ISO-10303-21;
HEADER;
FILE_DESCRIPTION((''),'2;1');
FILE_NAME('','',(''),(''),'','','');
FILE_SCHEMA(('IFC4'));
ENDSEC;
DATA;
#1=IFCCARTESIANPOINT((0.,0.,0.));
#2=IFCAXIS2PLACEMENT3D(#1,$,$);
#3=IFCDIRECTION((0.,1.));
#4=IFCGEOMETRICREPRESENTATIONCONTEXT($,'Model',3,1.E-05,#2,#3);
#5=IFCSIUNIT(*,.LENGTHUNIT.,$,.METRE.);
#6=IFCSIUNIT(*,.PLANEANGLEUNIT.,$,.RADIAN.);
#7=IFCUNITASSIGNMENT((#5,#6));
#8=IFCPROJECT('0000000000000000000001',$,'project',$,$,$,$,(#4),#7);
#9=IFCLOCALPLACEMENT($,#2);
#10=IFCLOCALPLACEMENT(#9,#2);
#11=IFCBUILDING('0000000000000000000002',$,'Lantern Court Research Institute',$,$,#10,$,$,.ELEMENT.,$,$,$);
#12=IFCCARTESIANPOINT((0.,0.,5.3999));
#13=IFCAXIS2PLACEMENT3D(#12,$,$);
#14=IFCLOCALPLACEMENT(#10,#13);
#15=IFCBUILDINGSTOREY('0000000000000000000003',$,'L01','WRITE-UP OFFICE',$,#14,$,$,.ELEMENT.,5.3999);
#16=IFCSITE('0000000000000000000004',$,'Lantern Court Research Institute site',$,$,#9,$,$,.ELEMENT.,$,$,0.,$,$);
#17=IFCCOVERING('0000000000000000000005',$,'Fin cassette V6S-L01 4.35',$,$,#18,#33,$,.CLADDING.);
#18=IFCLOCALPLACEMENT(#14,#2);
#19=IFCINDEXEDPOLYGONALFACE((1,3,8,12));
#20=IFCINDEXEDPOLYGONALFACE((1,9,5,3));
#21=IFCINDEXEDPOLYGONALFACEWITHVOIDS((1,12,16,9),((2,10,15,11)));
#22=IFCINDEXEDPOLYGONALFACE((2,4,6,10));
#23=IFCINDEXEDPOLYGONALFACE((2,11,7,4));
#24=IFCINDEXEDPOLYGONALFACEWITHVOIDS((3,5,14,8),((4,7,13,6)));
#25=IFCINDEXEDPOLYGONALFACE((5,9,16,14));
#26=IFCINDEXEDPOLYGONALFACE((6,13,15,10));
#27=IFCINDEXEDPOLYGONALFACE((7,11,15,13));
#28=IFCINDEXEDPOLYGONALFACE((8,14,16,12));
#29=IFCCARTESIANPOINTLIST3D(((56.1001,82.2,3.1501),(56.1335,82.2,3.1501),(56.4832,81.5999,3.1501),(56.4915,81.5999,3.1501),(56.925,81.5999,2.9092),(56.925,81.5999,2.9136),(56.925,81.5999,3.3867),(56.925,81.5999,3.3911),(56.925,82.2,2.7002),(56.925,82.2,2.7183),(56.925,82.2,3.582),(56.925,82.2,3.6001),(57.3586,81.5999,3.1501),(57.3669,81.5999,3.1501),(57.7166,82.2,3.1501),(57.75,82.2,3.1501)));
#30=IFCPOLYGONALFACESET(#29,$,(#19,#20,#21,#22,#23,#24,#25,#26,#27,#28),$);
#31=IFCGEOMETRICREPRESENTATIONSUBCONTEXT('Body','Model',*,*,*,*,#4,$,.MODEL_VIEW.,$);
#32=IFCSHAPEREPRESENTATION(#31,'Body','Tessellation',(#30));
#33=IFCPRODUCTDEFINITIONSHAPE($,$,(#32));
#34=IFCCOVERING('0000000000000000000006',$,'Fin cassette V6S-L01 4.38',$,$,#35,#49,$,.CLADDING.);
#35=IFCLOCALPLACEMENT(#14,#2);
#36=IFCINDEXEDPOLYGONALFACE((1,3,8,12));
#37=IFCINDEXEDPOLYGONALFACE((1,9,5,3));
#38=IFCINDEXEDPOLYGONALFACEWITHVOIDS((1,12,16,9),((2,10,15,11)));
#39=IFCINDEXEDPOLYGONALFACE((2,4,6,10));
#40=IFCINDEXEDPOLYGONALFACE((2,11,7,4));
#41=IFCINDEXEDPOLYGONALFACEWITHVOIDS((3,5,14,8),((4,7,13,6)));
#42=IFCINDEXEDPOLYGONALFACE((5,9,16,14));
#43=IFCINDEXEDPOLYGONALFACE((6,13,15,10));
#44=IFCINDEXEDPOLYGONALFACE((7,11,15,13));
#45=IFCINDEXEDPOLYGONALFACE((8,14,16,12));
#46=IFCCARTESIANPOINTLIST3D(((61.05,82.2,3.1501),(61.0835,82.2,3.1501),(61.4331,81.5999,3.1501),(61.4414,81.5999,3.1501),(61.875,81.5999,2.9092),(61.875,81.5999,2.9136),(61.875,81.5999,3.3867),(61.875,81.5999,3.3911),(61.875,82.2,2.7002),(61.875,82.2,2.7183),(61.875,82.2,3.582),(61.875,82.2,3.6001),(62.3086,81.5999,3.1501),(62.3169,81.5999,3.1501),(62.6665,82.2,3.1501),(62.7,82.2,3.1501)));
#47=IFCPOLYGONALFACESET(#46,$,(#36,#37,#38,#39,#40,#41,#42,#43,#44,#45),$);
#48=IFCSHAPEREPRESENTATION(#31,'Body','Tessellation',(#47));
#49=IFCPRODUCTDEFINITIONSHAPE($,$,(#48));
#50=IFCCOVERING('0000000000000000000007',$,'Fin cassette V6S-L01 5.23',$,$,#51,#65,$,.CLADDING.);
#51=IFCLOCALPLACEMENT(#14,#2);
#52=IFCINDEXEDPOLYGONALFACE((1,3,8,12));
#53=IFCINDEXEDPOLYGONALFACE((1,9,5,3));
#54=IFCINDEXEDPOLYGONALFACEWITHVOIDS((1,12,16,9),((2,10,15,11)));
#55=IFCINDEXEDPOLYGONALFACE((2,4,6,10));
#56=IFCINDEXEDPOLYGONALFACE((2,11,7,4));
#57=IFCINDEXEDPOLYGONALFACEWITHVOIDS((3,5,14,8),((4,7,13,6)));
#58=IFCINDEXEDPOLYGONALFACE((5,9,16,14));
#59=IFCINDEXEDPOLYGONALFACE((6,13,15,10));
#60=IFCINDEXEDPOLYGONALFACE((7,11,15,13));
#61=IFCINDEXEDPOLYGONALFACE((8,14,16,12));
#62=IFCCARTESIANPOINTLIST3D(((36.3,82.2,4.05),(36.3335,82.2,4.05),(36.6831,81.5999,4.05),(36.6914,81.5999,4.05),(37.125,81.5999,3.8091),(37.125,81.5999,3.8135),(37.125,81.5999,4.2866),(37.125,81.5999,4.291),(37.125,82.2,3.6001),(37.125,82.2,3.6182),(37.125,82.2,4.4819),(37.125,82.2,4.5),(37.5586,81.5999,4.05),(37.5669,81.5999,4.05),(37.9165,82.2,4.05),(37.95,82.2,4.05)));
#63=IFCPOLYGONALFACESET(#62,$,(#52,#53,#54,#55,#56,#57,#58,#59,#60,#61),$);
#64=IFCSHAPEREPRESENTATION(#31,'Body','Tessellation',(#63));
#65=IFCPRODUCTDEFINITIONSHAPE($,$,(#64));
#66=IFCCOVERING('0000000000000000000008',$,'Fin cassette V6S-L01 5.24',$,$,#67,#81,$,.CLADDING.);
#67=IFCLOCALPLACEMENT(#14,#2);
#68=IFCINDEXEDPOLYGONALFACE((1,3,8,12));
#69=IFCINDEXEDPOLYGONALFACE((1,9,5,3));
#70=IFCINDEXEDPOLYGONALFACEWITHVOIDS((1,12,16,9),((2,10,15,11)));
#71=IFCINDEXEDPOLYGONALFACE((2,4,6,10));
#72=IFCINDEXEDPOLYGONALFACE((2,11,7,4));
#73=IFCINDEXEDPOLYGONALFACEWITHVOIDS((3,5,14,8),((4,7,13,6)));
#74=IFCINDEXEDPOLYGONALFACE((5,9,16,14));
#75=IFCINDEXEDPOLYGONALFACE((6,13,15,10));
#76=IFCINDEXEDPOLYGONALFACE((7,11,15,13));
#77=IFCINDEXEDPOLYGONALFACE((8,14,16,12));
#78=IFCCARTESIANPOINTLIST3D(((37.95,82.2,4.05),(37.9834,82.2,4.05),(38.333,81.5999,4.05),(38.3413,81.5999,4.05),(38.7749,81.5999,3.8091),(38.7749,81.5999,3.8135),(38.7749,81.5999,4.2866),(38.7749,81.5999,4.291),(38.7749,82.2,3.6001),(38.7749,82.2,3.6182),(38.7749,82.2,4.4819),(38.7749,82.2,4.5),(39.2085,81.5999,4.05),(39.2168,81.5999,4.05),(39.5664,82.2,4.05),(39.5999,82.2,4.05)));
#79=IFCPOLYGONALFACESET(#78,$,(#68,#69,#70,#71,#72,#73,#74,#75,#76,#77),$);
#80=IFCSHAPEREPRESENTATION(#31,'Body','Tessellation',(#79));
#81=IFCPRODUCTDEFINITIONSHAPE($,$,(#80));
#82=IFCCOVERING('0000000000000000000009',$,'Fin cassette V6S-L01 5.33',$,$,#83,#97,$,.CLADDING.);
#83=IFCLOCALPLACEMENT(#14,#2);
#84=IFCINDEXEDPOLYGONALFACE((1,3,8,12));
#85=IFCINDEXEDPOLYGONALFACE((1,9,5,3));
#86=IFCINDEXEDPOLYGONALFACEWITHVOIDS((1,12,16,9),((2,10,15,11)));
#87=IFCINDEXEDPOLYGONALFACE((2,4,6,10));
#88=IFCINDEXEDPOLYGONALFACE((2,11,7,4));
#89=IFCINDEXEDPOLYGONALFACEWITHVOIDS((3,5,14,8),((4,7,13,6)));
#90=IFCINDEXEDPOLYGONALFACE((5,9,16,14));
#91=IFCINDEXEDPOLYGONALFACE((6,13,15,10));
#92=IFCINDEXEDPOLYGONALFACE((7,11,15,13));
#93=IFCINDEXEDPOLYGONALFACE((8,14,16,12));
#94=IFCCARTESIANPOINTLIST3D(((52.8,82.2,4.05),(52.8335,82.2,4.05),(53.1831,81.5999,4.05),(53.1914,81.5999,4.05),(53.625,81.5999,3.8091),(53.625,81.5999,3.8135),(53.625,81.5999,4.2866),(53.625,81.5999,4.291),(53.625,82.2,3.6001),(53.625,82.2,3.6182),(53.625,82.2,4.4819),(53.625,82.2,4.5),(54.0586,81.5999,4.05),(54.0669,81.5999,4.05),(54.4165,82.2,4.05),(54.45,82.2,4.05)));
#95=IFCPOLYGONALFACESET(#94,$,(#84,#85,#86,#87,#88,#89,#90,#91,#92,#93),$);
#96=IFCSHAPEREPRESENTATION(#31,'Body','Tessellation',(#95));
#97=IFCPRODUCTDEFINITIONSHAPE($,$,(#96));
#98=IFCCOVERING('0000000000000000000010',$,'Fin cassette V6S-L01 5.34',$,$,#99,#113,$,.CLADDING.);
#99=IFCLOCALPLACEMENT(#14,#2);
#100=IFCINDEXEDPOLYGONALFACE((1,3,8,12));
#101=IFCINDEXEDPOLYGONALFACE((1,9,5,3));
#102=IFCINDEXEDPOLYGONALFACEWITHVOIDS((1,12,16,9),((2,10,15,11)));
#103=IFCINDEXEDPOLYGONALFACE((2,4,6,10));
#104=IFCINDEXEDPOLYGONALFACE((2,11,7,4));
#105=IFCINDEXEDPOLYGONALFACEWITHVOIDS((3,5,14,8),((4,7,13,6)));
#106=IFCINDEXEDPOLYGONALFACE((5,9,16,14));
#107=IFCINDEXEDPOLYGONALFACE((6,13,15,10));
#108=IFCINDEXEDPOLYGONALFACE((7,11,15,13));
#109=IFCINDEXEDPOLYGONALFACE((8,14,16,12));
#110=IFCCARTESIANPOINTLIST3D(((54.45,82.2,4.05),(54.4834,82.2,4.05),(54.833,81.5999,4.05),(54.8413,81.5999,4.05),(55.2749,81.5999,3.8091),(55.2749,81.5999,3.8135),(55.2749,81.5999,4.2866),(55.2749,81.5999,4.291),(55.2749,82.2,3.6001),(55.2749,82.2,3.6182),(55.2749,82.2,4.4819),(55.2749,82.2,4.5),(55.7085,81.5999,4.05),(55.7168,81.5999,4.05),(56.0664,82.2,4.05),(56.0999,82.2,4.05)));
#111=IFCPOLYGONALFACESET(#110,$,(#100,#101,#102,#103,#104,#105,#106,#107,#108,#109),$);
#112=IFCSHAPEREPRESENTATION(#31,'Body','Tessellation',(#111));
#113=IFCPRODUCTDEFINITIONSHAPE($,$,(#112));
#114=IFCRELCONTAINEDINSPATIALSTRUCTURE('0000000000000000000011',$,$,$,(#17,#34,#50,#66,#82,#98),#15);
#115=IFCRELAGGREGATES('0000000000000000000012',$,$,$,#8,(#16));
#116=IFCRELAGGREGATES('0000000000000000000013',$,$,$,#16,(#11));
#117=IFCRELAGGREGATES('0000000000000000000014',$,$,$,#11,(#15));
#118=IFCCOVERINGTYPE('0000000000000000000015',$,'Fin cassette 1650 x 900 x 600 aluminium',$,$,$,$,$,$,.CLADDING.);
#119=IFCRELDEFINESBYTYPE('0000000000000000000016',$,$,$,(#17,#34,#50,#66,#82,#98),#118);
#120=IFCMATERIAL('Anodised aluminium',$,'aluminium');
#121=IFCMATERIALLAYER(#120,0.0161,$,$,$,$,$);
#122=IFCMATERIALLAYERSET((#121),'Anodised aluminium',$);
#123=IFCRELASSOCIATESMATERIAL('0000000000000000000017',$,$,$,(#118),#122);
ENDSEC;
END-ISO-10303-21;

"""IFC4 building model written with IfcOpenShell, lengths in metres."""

from ifc_helpers import new_model, entity, si_unit, direction, frame, origin, place, context, subcontext, project, spatial, material, layer, layer_set, type_object, element, save


model = new_model("IFC4")

# Units and contexts
model_context = context("Model", 3, precision=1e-05, world=origin(), true_north=direction((0.0, 1.0)))
body_context = subcontext(model_context, "Body", "Model", "MODEL_VIEW")
ifc_project = project(units=[si_unit("LENGTHUNIT", "METRE"), si_unit("PLANEANGLEUNIT", "RADIAN")], contexts=[model_context])

# Site, building, storey
site_placement = place(None, origin())
site = spatial("IfcSite", under=ifc_project, at=site_placement, Name="Lantern Court Research Institute site", CompositionType="ELEMENT", RefElevation=0.0)
building_placement = place(site_placement, origin())
building = spatial("IfcBuilding", under=site, at=building_placement, Name="Lantern Court Research Institute", CompositionType="ELEMENT")
storey_placement = place(building_placement, frame((0.0, 0.0, 5.3999)))
storey = spatial("IfcBuildingStorey", under=building, at=storey_placement, Name="L01", Description="WRITE-UP OFFICE", CompositionType="ELEMENT", Elevation=5.3999)

# Coverings
ifc_material_1 = material(Name="Anodised aluminium", Category="aluminium")
ifc_layer_1 = layer(ifc_material_1, 0.0161)
ifc_layer_set_1 = layer_set([ifc_layer_1], Name="Anodised aluminium")
covering_type_1 = type_object("IfcCoveringType", Name="Fin cassette 1650 x 900 x 600 aluminium", PredefinedType="CLADDING", material=ifc_layer_set_1)
covering_1_placement = place(storey_placement, frame((56.925, 82.2, 3.1501), z_axis=(0.0, -1.0, 0.0), x_axis=(1.0, 0.0, 0.0)))
cartesian_point_1 = entity("IfcCartesianPoint", [0.825, 0.0])
cartesian_point_2 = entity("IfcCartesianPoint", [0.7915, 0.0])
cartesian_point_3 = entity("IfcCartesianPoint", [0.4419, 0.0])
cartesian_point_4 = entity("IfcCartesianPoint", [0.4336, 0.0])
element("IfcCovering", 1, at=covering_1_placement, inside=storey, type_object=covering_type_1, Name="Fin cassette V6S-L01 4.35", PredefinedType="CLADDING", context=body_context, shape_type="SweptSolid", body=[
    entity("IfcExtrudedAreaSolidTapered", entity("IfcArbitraryProfileDefWithVoids", "AREA", None, entity("IfcPolyline", [cartesian_point_1, entity("IfcCartesianPoint", [0.0, 0.45]), entity("IfcCartesianPoint", [-0.825, 0.0]), entity("IfcCartesianPoint", [0.0, -0.45]), cartesian_point_1]), [entity("IfcPolyline", [cartesian_point_2, entity("IfcCartesianPoint", [0.0, 0.4319]), entity("IfcCartesianPoint", [-0.7915, 0.0]), entity("IfcCartesianPoint", [0.0, -0.4319]), cartesian_point_2])]), entity("IfcAxis2Placement3D", entity("IfcCartesianPoint", [0.0, 0.0, 0.0])), entity("IfcDirection", [0.0, 0.0, 1.0]), 0.6001, entity("IfcArbitraryProfileDefWithVoids", "AREA", None, entity("IfcPolyline", [cartesian_point_3, entity("IfcCartesianPoint", [0.0, 0.241]), entity("IfcCartesianPoint", [-0.4419, 0.0]), entity("IfcCartesianPoint", [0.0, -0.241]), cartesian_point_3]), [entity("IfcPolyline", [cartesian_point_4, entity("IfcCartesianPoint", [0.0, 0.2366]), entity("IfcCartesianPoint", [-0.4336, 0.0]), entity("IfcCartesianPoint", [0.0, -0.2366]), cartesian_point_4])])),
])
covering_2_placement = place(storey_placement, frame((61.875, 82.2, 3.1501), z_axis=(0.0, -1.0, 0.0), x_axis=(1.0, 0.0, 0.0)))
cartesian_point_5 = entity("IfcCartesianPoint", [0.825, 0.0])
cartesian_point_6 = entity("IfcCartesianPoint", [0.7915, 0.0])
cartesian_point_7 = entity("IfcCartesianPoint", [0.4419, 0.0])
cartesian_point_8 = entity("IfcCartesianPoint", [0.4336, 0.0])
element("IfcCovering", 2, at=covering_2_placement, inside=storey, type_object=covering_type_1, Name="Fin cassette V6S-L01 4.38", PredefinedType="CLADDING", context=body_context, shape_type="SweptSolid", body=[
    entity("IfcExtrudedAreaSolidTapered", entity("IfcArbitraryProfileDefWithVoids", "AREA", None, entity("IfcPolyline", [cartesian_point_5, entity("IfcCartesianPoint", [0.0, 0.45]), entity("IfcCartesianPoint", [-0.825, 0.0]), entity("IfcCartesianPoint", [0.0, -0.45]), cartesian_point_5]), [entity("IfcPolyline", [cartesian_point_6, entity("IfcCartesianPoint", [0.0, 0.4319]), entity("IfcCartesianPoint", [-0.7915, 0.0]), entity("IfcCartesianPoint", [0.0, -0.4319]), cartesian_point_6])]), entity("IfcAxis2Placement3D", entity("IfcCartesianPoint", [0.0, 0.0, 0.0])), entity("IfcDirection", [0.0, 0.0, 1.0]), 0.6001, entity("IfcArbitraryProfileDefWithVoids", "AREA", None, entity("IfcPolyline", [cartesian_point_7, entity("IfcCartesianPoint", [0.0, 0.241]), entity("IfcCartesianPoint", [-0.4419, 0.0]), entity("IfcCartesianPoint", [0.0, -0.241]), cartesian_point_7]), [entity("IfcPolyline", [cartesian_point_8, entity("IfcCartesianPoint", [0.0, 0.2366]), entity("IfcCartesianPoint", [-0.4336, 0.0]), entity("IfcCartesianPoint", [0.0, -0.2366]), cartesian_point_8])])),
])
covering_3_placement = place(storey_placement, frame((37.125, 82.2, 4.05), z_axis=(0.0, -1.0, 0.0), x_axis=(1.0, 0.0, 0.0)))
cartesian_point_9 = entity("IfcCartesianPoint", [0.825, 0.0])
cartesian_point_10 = entity("IfcCartesianPoint", [0.7915, 0.0])
cartesian_point_11 = entity("IfcCartesianPoint", [0.4419, 0.0])
cartesian_point_12 = entity("IfcCartesianPoint", [0.4336, 0.0])
element("IfcCovering", 3, at=covering_3_placement, inside=storey, type_object=covering_type_1, Name="Fin cassette V6S-L01 5.23", PredefinedType="CLADDING", context=body_context, shape_type="SweptSolid", body=[
    entity("IfcExtrudedAreaSolidTapered", entity("IfcArbitraryProfileDefWithVoids", "AREA", None, entity("IfcPolyline", [cartesian_point_9, entity("IfcCartesianPoint", [0.0, 0.45]), entity("IfcCartesianPoint", [-0.825, 0.0]), entity("IfcCartesianPoint", [0.0, -0.45]), cartesian_point_9]), [entity("IfcPolyline", [cartesian_point_10, entity("IfcCartesianPoint", [0.0, 0.4319]), entity("IfcCartesianPoint", [-0.7915, 0.0]), entity("IfcCartesianPoint", [0.0, -0.4319]), cartesian_point_10])]), entity("IfcAxis2Placement3D", entity("IfcCartesianPoint", [0.0, 0.0, 0.0])), entity("IfcDirection", [0.0, 0.0, 1.0]), 0.6001, entity("IfcArbitraryProfileDefWithVoids", "AREA", None, entity("IfcPolyline", [cartesian_point_11, entity("IfcCartesianPoint", [0.0, 0.241]), entity("IfcCartesianPoint", [-0.4419, 0.0]), entity("IfcCartesianPoint", [0.0, -0.241]), cartesian_point_11]), [entity("IfcPolyline", [cartesian_point_12, entity("IfcCartesianPoint", [0.0, 0.2366]), entity("IfcCartesianPoint", [-0.4336, 0.0]), entity("IfcCartesianPoint", [0.0, -0.2366]), cartesian_point_12])])),
])
covering_4_placement = place(storey_placement, frame((38.7749, 82.2, 4.05), z_axis=(0.0, -1.0, 0.0), x_axis=(1.0, 0.0, 0.0)))
cartesian_point_13 = entity("IfcCartesianPoint", [0.825, 0.0])
cartesian_point_14 = entity("IfcCartesianPoint", [0.7915, 0.0])
cartesian_point_15 = entity("IfcCartesianPoint", [0.4419, 0.0])
cartesian_point_16 = entity("IfcCartesianPoint", [0.4336, 0.0])
element("IfcCovering", 4, at=covering_4_placement, inside=storey, type_object=covering_type_1, Name="Fin cassette V6S-L01 5.24", PredefinedType="CLADDING", context=body_context, shape_type="SweptSolid", body=[
    entity("IfcExtrudedAreaSolidTapered", entity("IfcArbitraryProfileDefWithVoids", "AREA", None, entity("IfcPolyline", [cartesian_point_13, entity("IfcCartesianPoint", [0.0, 0.45]), entity("IfcCartesianPoint", [-0.825, 0.0]), entity("IfcCartesianPoint", [0.0, -0.45]), cartesian_point_13]), [entity("IfcPolyline", [cartesian_point_14, entity("IfcCartesianPoint", [0.0, 0.4319]), entity("IfcCartesianPoint", [-0.7915, 0.0]), entity("IfcCartesianPoint", [0.0, -0.4319]), cartesian_point_14])]), entity("IfcAxis2Placement3D", entity("IfcCartesianPoint", [0.0, 0.0, 0.0])), entity("IfcDirection", [0.0, 0.0, 1.0]), 0.6001, entity("IfcArbitraryProfileDefWithVoids", "AREA", None, entity("IfcPolyline", [cartesian_point_15, entity("IfcCartesianPoint", [0.0, 0.241]), entity("IfcCartesianPoint", [-0.4419, 0.0]), entity("IfcCartesianPoint", [0.0, -0.241]), cartesian_point_15]), [entity("IfcPolyline", [cartesian_point_16, entity("IfcCartesianPoint", [0.0, 0.2366]), entity("IfcCartesianPoint", [-0.4336, 0.0]), entity("IfcCartesianPoint", [0.0, -0.2366]), cartesian_point_16])])),
])
covering_5_placement = place(storey_placement, frame((53.625, 82.2, 4.05), z_axis=(0.0, -1.0, 0.0), x_axis=(1.0, 0.0, 0.0)))
cartesian_point_17 = entity("IfcCartesianPoint", [0.825, 0.0])
cartesian_point_18 = entity("IfcCartesianPoint", [0.7915, 0.0])
cartesian_point_19 = entity("IfcCartesianPoint", [0.4419, 0.0])
cartesian_point_20 = entity("IfcCartesianPoint", [0.4336, 0.0])
element("IfcCovering", 5, at=covering_5_placement, inside=storey, type_object=covering_type_1, Name="Fin cassette V6S-L01 5.33", PredefinedType="CLADDING", context=body_context, shape_type="SweptSolid", body=[
    entity("IfcExtrudedAreaSolidTapered", entity("IfcArbitraryProfileDefWithVoids", "AREA", None, entity("IfcPolyline", [cartesian_point_17, entity("IfcCartesianPoint", [0.0, 0.45]), entity("IfcCartesianPoint", [-0.825, 0.0]), entity("IfcCartesianPoint", [0.0, -0.45]), cartesian_point_17]), [entity("IfcPolyline", [cartesian_point_18, entity("IfcCartesianPoint", [0.0, 0.4319]), entity("IfcCartesianPoint", [-0.7915, 0.0]), entity("IfcCartesianPoint", [0.0, -0.4319]), cartesian_point_18])]), entity("IfcAxis2Placement3D", entity("IfcCartesianPoint", [0.0, 0.0, 0.0])), entity("IfcDirection", [0.0, 0.0, 1.0]), 0.6001, entity("IfcArbitraryProfileDefWithVoids", "AREA", None, entity("IfcPolyline", [cartesian_point_19, entity("IfcCartesianPoint", [0.0, 0.241]), entity("IfcCartesianPoint", [-0.4419, 0.0]), entity("IfcCartesianPoint", [0.0, -0.241]), cartesian_point_19]), [entity("IfcPolyline", [cartesian_point_20, entity("IfcCartesianPoint", [0.0, 0.2366]), entity("IfcCartesianPoint", [-0.4336, 0.0]), entity("IfcCartesianPoint", [0.0, -0.2366]), cartesian_point_20])])),
])
covering_6_placement = place(storey_placement, frame((55.2749, 82.2, 4.05), z_axis=(0.0, -1.0, 0.0), x_axis=(1.0, 0.0, 0.0)))
cartesian_point_21 = entity("IfcCartesianPoint", [0.825, 0.0])
cartesian_point_22 = entity("IfcCartesianPoint", [0.7915, 0.0])
cartesian_point_23 = entity("IfcCartesianPoint", [0.4419, 0.0])
cartesian_point_24 = entity("IfcCartesianPoint", [0.4336, 0.0])
element("IfcCovering", 6, at=covering_6_placement, inside=storey, type_object=covering_type_1, Name="Fin cassette V6S-L01 5.34", PredefinedType="CLADDING", context=body_context, shape_type="SweptSolid", body=[
    entity("IfcExtrudedAreaSolidTapered", entity("IfcArbitraryProfileDefWithVoids", "AREA", None, entity("IfcPolyline", [cartesian_point_21, entity("IfcCartesianPoint", [0.0, 0.45]), entity("IfcCartesianPoint", [-0.825, 0.0]), entity("IfcCartesianPoint", [0.0, -0.45]), cartesian_point_21]), [entity("IfcPolyline", [cartesian_point_22, entity("IfcCartesianPoint", [0.0, 0.4319]), entity("IfcCartesianPoint", [-0.7915, 0.0]), entity("IfcCartesianPoint", [0.0, -0.4319]), cartesian_point_22])]), entity("IfcAxis2Placement3D", entity("IfcCartesianPoint", [0.0, 0.0, 0.0])), entity("IfcDirection", [0.0, 0.0, 1.0]), 0.6001, entity("IfcArbitraryProfileDefWithVoids", "AREA", None, entity("IfcPolyline", [cartesian_point_23, entity("IfcCartesianPoint", [0.0, 0.241]), entity("IfcCartesianPoint", [-0.4419, 0.0]), entity("IfcCartesianPoint", [0.0, -0.241]), cartesian_point_23]), [entity("IfcPolyline", [cartesian_point_24, entity("IfcCartesianPoint", [0.0, 0.2366]), entity("IfcCartesianPoint", [-0.4336, 0.0]), entity("IfcCartesianPoint", [0.0, -0.2366]), cartesian_point_24])])),
])

save(model, "model.ifc")
